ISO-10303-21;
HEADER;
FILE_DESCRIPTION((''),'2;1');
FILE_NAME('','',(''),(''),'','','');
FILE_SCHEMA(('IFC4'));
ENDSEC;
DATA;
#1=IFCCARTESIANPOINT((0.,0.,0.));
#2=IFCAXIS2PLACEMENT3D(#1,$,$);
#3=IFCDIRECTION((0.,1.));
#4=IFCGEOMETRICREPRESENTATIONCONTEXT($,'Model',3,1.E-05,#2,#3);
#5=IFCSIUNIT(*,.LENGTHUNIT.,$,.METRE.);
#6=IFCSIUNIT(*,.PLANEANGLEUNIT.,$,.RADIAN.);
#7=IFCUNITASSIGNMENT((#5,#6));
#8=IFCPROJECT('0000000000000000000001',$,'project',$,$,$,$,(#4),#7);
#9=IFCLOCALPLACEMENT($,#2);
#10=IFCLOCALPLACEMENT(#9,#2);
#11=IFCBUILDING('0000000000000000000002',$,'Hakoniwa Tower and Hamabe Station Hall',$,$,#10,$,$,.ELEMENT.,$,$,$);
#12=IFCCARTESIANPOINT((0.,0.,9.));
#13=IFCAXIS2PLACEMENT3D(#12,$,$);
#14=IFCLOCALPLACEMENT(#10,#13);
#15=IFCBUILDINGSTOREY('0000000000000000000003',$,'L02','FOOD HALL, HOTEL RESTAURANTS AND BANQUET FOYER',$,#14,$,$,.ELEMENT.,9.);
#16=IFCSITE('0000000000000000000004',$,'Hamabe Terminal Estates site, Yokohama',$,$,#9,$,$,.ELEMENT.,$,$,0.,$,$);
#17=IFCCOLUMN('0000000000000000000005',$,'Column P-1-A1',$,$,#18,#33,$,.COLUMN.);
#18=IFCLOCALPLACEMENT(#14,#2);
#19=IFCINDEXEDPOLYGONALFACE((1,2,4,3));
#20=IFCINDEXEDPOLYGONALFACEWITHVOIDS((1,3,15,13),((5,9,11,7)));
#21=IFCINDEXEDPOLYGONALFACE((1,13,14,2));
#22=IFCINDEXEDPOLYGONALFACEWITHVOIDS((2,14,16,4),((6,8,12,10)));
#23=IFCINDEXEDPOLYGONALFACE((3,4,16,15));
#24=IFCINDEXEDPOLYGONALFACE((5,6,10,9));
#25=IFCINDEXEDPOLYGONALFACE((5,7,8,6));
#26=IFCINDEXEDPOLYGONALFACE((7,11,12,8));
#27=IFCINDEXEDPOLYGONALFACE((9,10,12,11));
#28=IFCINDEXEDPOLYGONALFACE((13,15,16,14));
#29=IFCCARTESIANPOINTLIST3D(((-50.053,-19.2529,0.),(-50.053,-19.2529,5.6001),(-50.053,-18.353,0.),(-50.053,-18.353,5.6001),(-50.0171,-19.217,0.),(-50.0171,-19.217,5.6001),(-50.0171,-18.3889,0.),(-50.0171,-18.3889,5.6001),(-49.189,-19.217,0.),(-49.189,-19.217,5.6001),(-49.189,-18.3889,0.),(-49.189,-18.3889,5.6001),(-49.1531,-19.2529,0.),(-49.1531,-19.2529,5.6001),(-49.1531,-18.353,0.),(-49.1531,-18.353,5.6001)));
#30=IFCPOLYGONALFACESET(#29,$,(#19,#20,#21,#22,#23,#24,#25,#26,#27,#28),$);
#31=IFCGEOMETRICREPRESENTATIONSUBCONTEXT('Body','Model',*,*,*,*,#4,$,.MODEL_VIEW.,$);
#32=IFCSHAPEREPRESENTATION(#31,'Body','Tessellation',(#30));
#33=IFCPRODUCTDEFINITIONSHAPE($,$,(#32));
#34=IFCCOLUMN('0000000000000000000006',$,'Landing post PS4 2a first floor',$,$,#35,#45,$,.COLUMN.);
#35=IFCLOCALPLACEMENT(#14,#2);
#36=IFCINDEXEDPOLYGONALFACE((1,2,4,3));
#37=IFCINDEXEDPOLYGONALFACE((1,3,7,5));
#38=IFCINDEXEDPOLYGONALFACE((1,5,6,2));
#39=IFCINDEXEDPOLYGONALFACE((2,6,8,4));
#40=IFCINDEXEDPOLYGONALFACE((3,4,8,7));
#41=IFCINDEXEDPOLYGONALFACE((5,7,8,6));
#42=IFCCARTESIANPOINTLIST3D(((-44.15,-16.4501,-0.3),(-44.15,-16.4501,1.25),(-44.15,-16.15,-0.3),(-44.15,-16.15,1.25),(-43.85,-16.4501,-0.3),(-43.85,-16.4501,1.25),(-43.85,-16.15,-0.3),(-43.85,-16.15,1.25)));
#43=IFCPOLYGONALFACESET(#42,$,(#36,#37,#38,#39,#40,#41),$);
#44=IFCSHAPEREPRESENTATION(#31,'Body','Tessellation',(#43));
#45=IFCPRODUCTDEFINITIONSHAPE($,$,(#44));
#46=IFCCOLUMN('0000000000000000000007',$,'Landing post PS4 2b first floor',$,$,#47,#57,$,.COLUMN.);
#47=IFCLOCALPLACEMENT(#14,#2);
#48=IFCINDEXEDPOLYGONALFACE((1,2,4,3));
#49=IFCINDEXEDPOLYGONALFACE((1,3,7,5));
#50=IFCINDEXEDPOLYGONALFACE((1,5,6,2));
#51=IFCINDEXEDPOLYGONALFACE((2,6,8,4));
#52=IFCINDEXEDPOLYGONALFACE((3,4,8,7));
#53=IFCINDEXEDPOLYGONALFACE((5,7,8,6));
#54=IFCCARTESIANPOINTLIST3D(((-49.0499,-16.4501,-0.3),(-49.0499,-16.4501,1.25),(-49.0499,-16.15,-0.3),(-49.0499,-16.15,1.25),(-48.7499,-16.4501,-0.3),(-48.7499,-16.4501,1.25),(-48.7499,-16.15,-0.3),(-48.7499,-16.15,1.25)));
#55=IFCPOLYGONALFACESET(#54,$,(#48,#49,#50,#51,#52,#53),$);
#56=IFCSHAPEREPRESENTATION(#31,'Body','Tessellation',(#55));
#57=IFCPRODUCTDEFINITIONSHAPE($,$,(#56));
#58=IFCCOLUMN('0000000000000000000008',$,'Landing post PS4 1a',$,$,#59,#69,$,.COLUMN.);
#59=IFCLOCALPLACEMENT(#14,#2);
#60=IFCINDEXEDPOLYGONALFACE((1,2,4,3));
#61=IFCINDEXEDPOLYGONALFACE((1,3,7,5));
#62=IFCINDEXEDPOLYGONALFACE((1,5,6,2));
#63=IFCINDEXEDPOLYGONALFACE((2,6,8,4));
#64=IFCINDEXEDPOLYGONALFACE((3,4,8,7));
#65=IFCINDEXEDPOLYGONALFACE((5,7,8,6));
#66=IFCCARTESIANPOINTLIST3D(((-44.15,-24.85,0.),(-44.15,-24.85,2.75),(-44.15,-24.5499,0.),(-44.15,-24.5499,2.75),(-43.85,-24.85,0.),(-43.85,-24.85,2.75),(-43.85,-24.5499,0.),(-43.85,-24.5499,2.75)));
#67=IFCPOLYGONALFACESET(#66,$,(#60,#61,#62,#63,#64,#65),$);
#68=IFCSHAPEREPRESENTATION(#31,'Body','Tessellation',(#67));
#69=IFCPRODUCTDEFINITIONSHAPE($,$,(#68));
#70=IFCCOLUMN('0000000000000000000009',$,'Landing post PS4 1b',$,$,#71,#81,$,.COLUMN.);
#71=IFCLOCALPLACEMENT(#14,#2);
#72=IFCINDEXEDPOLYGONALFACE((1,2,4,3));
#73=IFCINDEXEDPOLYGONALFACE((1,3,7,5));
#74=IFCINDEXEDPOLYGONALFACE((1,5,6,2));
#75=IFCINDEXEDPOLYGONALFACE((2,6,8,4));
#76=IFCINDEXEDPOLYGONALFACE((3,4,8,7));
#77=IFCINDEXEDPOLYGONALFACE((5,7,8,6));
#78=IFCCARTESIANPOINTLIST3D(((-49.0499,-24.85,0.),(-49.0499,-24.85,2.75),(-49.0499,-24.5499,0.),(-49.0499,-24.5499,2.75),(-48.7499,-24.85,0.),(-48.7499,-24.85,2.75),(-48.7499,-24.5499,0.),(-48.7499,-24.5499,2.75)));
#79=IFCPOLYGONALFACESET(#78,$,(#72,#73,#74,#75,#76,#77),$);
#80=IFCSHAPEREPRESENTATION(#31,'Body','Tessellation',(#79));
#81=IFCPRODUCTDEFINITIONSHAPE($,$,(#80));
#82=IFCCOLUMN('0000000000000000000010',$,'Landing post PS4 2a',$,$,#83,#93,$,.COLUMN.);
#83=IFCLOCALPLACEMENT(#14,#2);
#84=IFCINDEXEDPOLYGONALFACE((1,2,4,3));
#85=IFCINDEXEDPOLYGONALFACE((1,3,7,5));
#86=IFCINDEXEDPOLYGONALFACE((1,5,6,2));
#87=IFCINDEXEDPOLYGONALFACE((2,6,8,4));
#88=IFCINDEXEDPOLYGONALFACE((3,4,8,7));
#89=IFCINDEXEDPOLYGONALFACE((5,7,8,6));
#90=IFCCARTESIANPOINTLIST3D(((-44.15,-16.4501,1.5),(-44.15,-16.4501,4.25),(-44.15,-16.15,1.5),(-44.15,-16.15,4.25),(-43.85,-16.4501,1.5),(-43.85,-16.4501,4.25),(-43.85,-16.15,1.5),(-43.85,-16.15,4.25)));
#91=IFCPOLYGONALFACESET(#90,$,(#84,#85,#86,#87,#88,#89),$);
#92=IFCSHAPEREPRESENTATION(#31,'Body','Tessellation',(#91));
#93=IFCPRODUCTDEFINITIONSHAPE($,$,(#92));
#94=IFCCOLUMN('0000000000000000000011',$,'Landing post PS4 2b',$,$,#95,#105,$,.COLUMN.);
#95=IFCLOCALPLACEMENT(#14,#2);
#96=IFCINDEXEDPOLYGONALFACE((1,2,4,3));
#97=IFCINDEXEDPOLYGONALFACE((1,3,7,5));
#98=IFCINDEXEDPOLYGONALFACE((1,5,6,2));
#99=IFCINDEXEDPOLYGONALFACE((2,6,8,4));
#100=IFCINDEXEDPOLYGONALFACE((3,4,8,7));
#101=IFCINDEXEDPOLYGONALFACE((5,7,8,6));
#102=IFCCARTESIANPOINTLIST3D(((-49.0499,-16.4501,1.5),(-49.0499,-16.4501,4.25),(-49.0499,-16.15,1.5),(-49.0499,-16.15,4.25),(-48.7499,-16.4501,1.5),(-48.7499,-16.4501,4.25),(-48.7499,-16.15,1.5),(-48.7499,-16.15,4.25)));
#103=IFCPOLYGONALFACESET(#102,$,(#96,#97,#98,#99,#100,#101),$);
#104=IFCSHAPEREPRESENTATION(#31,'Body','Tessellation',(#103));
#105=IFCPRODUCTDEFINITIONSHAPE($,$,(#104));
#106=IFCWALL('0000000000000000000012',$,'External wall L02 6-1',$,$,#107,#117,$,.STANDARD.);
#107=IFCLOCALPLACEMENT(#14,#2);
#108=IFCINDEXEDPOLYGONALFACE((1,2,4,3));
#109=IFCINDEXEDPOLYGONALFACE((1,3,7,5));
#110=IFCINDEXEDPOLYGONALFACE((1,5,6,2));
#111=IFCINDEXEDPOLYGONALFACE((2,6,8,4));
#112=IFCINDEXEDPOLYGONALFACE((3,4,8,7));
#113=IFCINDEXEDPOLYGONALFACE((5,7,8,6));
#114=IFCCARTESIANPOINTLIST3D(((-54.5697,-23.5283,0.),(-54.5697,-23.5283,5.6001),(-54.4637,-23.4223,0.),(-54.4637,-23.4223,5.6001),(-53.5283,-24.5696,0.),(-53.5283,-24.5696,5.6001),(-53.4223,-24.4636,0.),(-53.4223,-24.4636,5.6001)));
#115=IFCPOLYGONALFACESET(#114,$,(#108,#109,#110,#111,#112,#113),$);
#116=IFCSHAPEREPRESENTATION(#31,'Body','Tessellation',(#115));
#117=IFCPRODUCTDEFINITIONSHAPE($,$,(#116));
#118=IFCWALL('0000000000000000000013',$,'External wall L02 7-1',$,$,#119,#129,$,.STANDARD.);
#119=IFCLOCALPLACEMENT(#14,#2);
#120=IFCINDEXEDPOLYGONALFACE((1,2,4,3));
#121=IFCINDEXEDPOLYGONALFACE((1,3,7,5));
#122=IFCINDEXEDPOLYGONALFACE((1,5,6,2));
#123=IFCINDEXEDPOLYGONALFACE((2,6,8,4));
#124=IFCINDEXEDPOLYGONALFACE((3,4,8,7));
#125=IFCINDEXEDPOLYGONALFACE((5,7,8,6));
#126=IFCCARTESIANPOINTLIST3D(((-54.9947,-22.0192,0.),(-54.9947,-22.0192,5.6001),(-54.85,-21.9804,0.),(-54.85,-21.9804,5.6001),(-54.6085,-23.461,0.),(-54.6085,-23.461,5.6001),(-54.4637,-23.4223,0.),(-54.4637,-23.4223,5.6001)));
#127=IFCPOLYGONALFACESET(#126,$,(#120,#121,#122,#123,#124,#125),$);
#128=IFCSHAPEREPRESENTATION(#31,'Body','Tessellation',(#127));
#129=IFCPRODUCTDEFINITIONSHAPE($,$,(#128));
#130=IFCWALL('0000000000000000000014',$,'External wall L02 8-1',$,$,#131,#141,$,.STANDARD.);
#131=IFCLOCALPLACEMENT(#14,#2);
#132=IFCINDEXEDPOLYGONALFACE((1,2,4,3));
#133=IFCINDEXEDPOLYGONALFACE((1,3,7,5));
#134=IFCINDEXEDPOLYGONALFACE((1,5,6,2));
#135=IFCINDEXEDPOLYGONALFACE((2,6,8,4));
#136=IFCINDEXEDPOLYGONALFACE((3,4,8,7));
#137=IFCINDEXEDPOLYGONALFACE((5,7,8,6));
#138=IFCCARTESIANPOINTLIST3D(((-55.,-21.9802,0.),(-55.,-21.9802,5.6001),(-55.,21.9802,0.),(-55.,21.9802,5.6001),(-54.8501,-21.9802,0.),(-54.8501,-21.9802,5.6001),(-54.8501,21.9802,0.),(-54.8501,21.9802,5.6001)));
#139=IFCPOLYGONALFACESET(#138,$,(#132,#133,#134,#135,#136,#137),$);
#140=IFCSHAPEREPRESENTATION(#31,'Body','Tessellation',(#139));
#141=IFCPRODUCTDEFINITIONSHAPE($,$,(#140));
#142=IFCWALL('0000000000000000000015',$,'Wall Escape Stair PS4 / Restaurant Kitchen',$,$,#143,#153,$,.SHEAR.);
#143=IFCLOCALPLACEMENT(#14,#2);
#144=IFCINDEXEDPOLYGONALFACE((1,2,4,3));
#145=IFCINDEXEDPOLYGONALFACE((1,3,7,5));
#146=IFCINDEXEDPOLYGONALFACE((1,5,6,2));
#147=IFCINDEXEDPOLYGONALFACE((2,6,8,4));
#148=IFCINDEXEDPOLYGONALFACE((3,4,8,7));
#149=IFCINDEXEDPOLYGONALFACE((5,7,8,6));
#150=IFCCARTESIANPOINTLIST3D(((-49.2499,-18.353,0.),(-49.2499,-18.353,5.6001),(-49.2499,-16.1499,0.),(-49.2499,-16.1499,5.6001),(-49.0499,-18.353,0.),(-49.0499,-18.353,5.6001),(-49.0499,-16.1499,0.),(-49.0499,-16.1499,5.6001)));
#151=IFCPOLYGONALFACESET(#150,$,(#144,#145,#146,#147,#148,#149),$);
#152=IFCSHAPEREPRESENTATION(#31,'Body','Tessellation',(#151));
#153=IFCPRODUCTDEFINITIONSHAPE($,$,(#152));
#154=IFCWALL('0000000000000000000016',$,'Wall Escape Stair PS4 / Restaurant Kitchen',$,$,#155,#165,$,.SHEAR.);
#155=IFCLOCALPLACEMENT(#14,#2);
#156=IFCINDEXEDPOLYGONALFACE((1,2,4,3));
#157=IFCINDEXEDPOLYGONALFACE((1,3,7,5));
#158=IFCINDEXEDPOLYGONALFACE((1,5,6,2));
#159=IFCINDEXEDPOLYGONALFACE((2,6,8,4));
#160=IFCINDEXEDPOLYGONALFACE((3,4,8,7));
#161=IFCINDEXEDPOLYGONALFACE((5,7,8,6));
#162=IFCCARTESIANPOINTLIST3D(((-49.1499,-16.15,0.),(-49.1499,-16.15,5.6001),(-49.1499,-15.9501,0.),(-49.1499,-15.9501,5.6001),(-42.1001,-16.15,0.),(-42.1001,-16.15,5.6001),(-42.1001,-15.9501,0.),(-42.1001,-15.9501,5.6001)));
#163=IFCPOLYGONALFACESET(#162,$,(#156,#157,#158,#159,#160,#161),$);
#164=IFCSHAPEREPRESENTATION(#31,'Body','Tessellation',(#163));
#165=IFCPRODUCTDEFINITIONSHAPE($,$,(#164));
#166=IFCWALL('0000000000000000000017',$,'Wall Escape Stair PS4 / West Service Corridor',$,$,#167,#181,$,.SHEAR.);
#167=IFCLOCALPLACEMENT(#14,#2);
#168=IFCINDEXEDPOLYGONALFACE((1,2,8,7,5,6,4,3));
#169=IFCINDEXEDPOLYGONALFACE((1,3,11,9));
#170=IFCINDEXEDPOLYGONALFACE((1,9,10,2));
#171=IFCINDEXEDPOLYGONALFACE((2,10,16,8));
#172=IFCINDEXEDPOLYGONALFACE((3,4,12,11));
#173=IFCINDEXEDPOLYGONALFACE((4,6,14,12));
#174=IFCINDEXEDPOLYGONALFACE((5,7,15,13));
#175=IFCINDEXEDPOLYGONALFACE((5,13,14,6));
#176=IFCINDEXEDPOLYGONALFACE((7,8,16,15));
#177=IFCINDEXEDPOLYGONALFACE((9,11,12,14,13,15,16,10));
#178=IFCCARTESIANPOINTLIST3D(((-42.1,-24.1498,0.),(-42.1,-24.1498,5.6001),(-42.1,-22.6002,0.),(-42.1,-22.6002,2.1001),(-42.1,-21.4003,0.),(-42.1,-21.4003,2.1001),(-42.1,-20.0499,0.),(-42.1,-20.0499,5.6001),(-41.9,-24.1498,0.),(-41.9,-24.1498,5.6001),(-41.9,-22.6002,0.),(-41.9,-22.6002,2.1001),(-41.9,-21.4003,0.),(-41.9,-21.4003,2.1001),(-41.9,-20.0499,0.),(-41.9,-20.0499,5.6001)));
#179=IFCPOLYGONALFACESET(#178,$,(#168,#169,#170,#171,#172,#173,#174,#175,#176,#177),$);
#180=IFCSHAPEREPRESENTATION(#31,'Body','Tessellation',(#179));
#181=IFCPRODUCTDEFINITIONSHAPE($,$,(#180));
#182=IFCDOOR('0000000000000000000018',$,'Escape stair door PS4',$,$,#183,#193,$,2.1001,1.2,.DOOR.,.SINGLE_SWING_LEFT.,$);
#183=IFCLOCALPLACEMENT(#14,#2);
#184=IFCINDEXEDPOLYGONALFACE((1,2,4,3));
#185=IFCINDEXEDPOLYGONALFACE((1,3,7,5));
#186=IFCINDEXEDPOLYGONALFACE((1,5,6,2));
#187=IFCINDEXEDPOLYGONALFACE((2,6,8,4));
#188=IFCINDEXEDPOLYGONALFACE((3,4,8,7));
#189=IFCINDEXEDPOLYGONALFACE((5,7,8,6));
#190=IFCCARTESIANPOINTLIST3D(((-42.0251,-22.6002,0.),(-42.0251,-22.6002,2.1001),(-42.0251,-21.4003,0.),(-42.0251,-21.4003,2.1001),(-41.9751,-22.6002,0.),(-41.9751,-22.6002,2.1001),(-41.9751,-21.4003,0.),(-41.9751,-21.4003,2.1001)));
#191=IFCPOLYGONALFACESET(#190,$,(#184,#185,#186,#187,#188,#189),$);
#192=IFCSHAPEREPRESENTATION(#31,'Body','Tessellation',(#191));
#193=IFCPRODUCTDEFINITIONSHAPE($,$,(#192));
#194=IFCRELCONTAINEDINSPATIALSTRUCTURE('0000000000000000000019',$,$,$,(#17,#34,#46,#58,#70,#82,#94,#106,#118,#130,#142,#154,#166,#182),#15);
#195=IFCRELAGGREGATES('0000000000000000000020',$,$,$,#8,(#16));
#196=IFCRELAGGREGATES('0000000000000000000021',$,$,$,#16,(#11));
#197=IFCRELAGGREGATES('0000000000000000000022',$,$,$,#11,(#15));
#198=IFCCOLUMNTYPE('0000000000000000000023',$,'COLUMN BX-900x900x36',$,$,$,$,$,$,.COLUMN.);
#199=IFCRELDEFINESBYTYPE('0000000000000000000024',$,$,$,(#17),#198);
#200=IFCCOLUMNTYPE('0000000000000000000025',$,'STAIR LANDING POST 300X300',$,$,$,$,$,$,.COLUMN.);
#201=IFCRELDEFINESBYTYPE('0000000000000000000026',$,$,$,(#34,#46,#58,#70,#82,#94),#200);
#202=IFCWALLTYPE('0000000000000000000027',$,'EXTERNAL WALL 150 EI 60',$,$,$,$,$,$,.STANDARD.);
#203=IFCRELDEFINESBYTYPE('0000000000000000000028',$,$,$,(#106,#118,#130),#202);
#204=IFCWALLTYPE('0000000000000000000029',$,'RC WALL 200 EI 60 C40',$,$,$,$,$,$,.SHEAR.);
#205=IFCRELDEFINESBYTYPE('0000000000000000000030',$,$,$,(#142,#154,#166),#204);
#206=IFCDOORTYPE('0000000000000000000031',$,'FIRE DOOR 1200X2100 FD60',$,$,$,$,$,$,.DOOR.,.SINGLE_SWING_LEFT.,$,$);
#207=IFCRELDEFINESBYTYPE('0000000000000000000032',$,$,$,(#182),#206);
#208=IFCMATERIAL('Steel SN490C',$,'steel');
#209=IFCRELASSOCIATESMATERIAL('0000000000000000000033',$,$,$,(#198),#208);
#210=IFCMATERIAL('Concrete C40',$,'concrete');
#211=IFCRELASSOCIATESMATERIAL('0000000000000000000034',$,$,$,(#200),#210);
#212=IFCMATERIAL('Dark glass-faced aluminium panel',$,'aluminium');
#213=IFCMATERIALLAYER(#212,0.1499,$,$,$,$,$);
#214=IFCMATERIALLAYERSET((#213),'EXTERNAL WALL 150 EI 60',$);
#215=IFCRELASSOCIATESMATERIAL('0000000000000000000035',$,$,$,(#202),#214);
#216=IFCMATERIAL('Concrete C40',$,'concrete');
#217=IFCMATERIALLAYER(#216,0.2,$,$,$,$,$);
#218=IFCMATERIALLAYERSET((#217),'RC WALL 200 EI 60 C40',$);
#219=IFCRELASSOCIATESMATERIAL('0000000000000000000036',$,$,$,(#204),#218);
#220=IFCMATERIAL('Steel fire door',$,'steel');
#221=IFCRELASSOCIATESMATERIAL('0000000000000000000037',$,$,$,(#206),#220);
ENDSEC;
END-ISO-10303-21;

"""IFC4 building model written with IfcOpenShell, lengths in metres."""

from ifc_helpers import new_model, si_unit, direction, frame, frame_2d, origin, origin_2d, place, context, subcontext, project, spatial, rectangle, hollow_rectangle, extrude, material, layer, layer_set, material_profile, profile_set, type_object, element, fill, save


model = new_model("IFC4")

# Units and contexts
model_context = context("Model", 3, precision=1e-05, world=origin(), true_north=direction((0.0, 1.0)))
body_context = subcontext(model_context, "Body", "Model", "MODEL_VIEW")
ifc_project = project(units=[si_unit("LENGTHUNIT", "METRE"), si_unit("PLANEANGLEUNIT", "RADIAN")], contexts=[model_context])

# Site, building, storey
site_placement = place(None, origin())
site = spatial("IfcSite", under=ifc_project, at=site_placement, Name="Hamabe Terminal Estates site, Yokohama", CompositionType="ELEMENT", RefElevation=0.0)
building_placement = place(site_placement, origin())
building = spatial("IfcBuilding", under=site, at=building_placement, Name="Hakoniwa Tower and Hamabe Station Hall", CompositionType="ELEMENT")
storey_placement = place(building_placement, frame((0.0, 0.0, 9.0)))
storey = spatial("IfcBuildingStorey", under=building, at=storey_placement, Name="L02", Description="FOOD HALL, HOTEL RESTAURANTS AND BANQUET FOYER", CompositionType="ELEMENT", Elevation=9.0)

# Columns
ifc_material_1 = material(Name="Steel SN490C", Category="steel")
ifc_material_profile_1 = material_profile(ifc_material_1, hollow_rectangle(XDim=0.8999, YDim=0.8999, WallThickness=0.0359, at=origin_2d()), Name="BX-900x900x36")
ifc_profile_set_1 = profile_set([ifc_material_profile_1], Name="Steel SN490C")
column_type_1 = type_object("IfcColumnType", Name="COLUMN BX-900x900x36", PredefinedType="COLUMN", material=ifc_profile_set_1)
column_placement = place(storey_placement, frame((-49.603, -18.803, 0.0), z_axis=(0.0, 0.0, 1.0), x_axis=(1.0, 0.0, 0.0)))
element("IfcColumn", 1, at=column_placement, inside=storey, type_object=column_type_1, Name="Column P-1-A1", PredefinedType="COLUMN", context=body_context, shape_type="SweptSolid", body=[
    extrude(hollow_rectangle(XDim=0.8999, YDim=0.8999, WallThickness=0.0359, at=origin_2d()), origin(), (0.0, 0.0, 1.0), 5.6001),
])
ifc_material_2 = material(Name="Concrete C40", Category="concrete")
ifc_material_profile_2 = material_profile(ifc_material_2, rectangle(XDim=0.3, YDim=0.3, at=origin_2d()), Name="STAIR LANDING POST 300X300")
ifc_profile_set_2 = profile_set([ifc_material_profile_2], Name="Concrete C40")
column_type_2 = type_object("IfcColumnType", Name="STAIR LANDING POST 300X300", PredefinedType="COLUMN", material=ifc_profile_set_2)
for number, where, z_axis, x_axis, name in (
    (2, (-44.0, -16.3, -0.3), (0.0, 0.0, 1.0), (1.0, 0.0, 0.0), "Landing post PS4 2a first floor"),
    (3, (-48.8999, -16.3, -0.3), (0.0, 0.0, 1.0), (1.0, 0.0, 0.0), "Landing post PS4 2b first floor"),
):
    element("IfcColumn", number, at=place(storey_placement, frame(where, z_axis=z_axis, x_axis=x_axis)), inside=storey, type_object=column_type_2, Name=name, PredefinedType="COLUMN", context=body_context, shape_type="SweptSolid", body=[
        extrude(rectangle(XDim=0.3, YDim=0.3, at=origin_2d()), origin(), (0.0, 0.0, 1.0), 1.55),
    ])
for number, where, z_axis, x_axis, name in (
    (4, (-44.0, -24.7, 0.0), (0.0, 0.0, 1.0), (1.0, 0.0, 0.0), "Landing post PS4 1a"),
    (5, (-48.8999, -24.7, 0.0), (0.0, 0.0, 1.0), (1.0, 0.0, 0.0), "Landing post PS4 1b"),
    (6, (-44.0, -16.3, 1.5), (0.0, 0.0, 1.0), (1.0, 0.0, 0.0), "Landing post PS4 2a"),
    (7, (-48.8999, -16.3, 1.5), (0.0, 0.0, 1.0), (1.0, 0.0, 0.0), "Landing post PS4 2b"),
):
    element("IfcColumn", number, at=place(storey_placement, frame(where, z_axis=z_axis, x_axis=x_axis)), inside=storey, type_object=column_type_2, Name=name, PredefinedType="COLUMN", context=body_context, shape_type="SweptSolid", body=[
        extrude(rectangle(XDim=0.3, YDim=0.3, at=origin_2d()), origin(), (0.0, 0.0, 1.0), 2.75),
    ])

# Walls
ifc_material_3 = material(Name="Dark glass-faced aluminium panel", Category="aluminium")
ifc_layer_1 = layer(ifc_material_3, 0.1499)
ifc_layer_set_1 = layer_set([ifc_layer_1], Name="EXTERNAL WALL 150 EI 60")
wall_type_1 = type_object("IfcWallType", Name="EXTERNAL WALL 150 EI 60", PredefinedType="STANDARD", material=ifc_layer_set_1)
wall_1_placement = place(storey_placement, frame((-53.4753, -24.5166, 0.0), z_axis=(0.0, 0.0, 1.0), x_axis=(-0.707107, 0.707107, 0.0)))
element("IfcWall", 8, at=wall_1_placement, inside=storey, type_object=wall_type_1, Name="External wall L02 6-1", PredefinedType="STANDARD", context=body_context, shape_type="SweptSolid", body=[
    extrude(rectangle(XDim=1.4727, YDim=0.1499, at=frame_2d((0.7363, 0.0))), origin(), (0.0, 0.0, 1.0), 5.6001),
])
wall_2_placement = place(storey_placement, frame((-54.5361, -23.4417, 0.0), z_axis=(0.0, 0.0, 1.0), x_axis=(-0.258742, 0.965947, 0.0)))
element("IfcWall", 9, at=wall_2_placement, inside=storey, type_object=wall_type_1, Name="External wall L02 7-1", PredefinedType="STANDARD", context=body_context, shape_type="SweptSolid", body=[
    extrude(rectangle(XDim=1.4927, YDim=0.1499, at=frame_2d((0.7463, 0.0))), origin(), (0.0, 0.0, 1.0), 5.6001),
])
wall_3_placement = place(storey_placement, frame((-54.925, -21.9802, 0.0), z_axis=(0.0, 0.0, 1.0), x_axis=(0.0, 1.0, 0.0)))
element("IfcWall", 10, at=wall_3_placement, inside=storey, type_object=wall_type_1, Name="External wall L02 8-1", PredefinedType="STANDARD", context=body_context, shape_type="SweptSolid", body=[
    extrude(rectangle(XDim=43.9604, YDim=0.1499, at=frame_2d((21.9802, 0.0))), origin(), (0.0, 0.0, 1.0), 5.6001),
])
ifc_material_4 = material(Name="Concrete C40", Category="concrete")
ifc_layer_2 = layer(ifc_material_4, 0.2)
ifc_layer_set_2 = layer_set([ifc_layer_2], Name="RC WALL 200 EI 60 C40")
wall_type_2 = type_object("IfcWallType", Name="RC WALL 200 EI 60 C40", PredefinedType="SHEAR", material=ifc_layer_set_2)
wall_4_placement = place(storey_placement, frame((-49.1499, -18.353, 0.0), z_axis=(0.0, 0.0, 1.0), x_axis=(0.0, 1.0, 0.0)))
element("IfcWall", 11, at=wall_4_placement, inside=storey, type_object=wall_type_2, Name="Wall Escape Stair PS4 / Restaurant Kitchen", PredefinedType="SHEAR", context=body_context, shape_type="SweptSolid", body=[
    extrude(rectangle(XDim=2.2031, YDim=0.2, at=frame_2d((1.1016, 0.0))), origin(), (0.0, 0.0, 1.0), 5.6001),
])
wall_5_placement = place(storey_placement, frame((-49.1499, -16.05, 0.0), z_axis=(0.0, 0.0, 1.0), x_axis=(1.0, 0.0, 0.0)))
element("IfcWall", 12, at=wall_5_placement, inside=storey, type_object=wall_type_2, Name="Wall Escape Stair PS4 / Restaurant Kitchen", PredefinedType="SHEAR", context=body_context, shape_type="SweptSolid", body=[
    extrude(rectangle(XDim=7.0498, YDim=0.2, at=frame_2d((3.5249, 0.0))), origin(), (0.0, 0.0, 1.0), 5.6001),
])

# Wall, opening, door
wall_6_placement = place(storey_placement, frame((-42.0, -20.05, 0.0), z_axis=(0.0, 0.0, 1.0), x_axis=(0.0, -1.0, 0.0)))
wall_6 = element("IfcWall", 13, at=wall_6_placement, inside=storey, type_object=wall_type_2, Name="Wall Escape Stair PS4 / West Service Corridor", PredefinedType="SHEAR", context=body_context, shape_type="SweptSolid", body=[
    extrude(rectangle(XDim=4.0999, YDim=0.2, at=frame_2d((2.0498, 0.0))), origin(), (0.0, 0.0, 1.0), 5.6001),
])
opening_placement = place(wall_6_placement, frame((1.3501, 0.0, 0.0)))
opening = element("IfcOpeningElement", 14, at=opening_placement, cuts=wall_6, PredefinedType="OPENING", context=body_context, shape_type="SweptSolid", body=[
    extrude(rectangle(XDim=1.2, YDim=2.1001, at=frame_2d((0.6001, 1.05))), frame((0.0, 0.1099, 0.0), z_axis=(0.0, -1.0, 0.0), x_axis=(1.0, 0.0, 0.0)), (0.0, 0.0, 1.0), 0.22),
])
ifc_material_5 = material(Name="Steel fire door", Category="steel")
door_type = type_object("IfcDoorType", Name="FIRE DOOR 1200X2100 FD60", OperationType="SINGLE_SWING_LEFT", PredefinedType="DOOR", material=ifc_material_5)
door_placement = place(opening_placement, origin())
door = element("IfcDoor", 15, at=door_placement, inside=storey, type_object=door_type, Name="Escape stair door PS4", OperationType="SINGLE_SWING_LEFT", OverallHeight=2.1001, OverallWidth=1.2, PredefinedType="DOOR", context=body_context, shape_type="SweptSolid", body=[
    extrude(rectangle(XDim=1.2, YDim=2.1001, at=frame_2d((0.6001, 1.05))), frame((0.0, 0.0249, 0.0), z_axis=(0.0, -1.0, 0.0), x_axis=(1.0, 0.0, 0.0)), (0.0, 0.0, 1.0), 0.05),
])
fill(opening, door)

save(model, "model.ifc")
